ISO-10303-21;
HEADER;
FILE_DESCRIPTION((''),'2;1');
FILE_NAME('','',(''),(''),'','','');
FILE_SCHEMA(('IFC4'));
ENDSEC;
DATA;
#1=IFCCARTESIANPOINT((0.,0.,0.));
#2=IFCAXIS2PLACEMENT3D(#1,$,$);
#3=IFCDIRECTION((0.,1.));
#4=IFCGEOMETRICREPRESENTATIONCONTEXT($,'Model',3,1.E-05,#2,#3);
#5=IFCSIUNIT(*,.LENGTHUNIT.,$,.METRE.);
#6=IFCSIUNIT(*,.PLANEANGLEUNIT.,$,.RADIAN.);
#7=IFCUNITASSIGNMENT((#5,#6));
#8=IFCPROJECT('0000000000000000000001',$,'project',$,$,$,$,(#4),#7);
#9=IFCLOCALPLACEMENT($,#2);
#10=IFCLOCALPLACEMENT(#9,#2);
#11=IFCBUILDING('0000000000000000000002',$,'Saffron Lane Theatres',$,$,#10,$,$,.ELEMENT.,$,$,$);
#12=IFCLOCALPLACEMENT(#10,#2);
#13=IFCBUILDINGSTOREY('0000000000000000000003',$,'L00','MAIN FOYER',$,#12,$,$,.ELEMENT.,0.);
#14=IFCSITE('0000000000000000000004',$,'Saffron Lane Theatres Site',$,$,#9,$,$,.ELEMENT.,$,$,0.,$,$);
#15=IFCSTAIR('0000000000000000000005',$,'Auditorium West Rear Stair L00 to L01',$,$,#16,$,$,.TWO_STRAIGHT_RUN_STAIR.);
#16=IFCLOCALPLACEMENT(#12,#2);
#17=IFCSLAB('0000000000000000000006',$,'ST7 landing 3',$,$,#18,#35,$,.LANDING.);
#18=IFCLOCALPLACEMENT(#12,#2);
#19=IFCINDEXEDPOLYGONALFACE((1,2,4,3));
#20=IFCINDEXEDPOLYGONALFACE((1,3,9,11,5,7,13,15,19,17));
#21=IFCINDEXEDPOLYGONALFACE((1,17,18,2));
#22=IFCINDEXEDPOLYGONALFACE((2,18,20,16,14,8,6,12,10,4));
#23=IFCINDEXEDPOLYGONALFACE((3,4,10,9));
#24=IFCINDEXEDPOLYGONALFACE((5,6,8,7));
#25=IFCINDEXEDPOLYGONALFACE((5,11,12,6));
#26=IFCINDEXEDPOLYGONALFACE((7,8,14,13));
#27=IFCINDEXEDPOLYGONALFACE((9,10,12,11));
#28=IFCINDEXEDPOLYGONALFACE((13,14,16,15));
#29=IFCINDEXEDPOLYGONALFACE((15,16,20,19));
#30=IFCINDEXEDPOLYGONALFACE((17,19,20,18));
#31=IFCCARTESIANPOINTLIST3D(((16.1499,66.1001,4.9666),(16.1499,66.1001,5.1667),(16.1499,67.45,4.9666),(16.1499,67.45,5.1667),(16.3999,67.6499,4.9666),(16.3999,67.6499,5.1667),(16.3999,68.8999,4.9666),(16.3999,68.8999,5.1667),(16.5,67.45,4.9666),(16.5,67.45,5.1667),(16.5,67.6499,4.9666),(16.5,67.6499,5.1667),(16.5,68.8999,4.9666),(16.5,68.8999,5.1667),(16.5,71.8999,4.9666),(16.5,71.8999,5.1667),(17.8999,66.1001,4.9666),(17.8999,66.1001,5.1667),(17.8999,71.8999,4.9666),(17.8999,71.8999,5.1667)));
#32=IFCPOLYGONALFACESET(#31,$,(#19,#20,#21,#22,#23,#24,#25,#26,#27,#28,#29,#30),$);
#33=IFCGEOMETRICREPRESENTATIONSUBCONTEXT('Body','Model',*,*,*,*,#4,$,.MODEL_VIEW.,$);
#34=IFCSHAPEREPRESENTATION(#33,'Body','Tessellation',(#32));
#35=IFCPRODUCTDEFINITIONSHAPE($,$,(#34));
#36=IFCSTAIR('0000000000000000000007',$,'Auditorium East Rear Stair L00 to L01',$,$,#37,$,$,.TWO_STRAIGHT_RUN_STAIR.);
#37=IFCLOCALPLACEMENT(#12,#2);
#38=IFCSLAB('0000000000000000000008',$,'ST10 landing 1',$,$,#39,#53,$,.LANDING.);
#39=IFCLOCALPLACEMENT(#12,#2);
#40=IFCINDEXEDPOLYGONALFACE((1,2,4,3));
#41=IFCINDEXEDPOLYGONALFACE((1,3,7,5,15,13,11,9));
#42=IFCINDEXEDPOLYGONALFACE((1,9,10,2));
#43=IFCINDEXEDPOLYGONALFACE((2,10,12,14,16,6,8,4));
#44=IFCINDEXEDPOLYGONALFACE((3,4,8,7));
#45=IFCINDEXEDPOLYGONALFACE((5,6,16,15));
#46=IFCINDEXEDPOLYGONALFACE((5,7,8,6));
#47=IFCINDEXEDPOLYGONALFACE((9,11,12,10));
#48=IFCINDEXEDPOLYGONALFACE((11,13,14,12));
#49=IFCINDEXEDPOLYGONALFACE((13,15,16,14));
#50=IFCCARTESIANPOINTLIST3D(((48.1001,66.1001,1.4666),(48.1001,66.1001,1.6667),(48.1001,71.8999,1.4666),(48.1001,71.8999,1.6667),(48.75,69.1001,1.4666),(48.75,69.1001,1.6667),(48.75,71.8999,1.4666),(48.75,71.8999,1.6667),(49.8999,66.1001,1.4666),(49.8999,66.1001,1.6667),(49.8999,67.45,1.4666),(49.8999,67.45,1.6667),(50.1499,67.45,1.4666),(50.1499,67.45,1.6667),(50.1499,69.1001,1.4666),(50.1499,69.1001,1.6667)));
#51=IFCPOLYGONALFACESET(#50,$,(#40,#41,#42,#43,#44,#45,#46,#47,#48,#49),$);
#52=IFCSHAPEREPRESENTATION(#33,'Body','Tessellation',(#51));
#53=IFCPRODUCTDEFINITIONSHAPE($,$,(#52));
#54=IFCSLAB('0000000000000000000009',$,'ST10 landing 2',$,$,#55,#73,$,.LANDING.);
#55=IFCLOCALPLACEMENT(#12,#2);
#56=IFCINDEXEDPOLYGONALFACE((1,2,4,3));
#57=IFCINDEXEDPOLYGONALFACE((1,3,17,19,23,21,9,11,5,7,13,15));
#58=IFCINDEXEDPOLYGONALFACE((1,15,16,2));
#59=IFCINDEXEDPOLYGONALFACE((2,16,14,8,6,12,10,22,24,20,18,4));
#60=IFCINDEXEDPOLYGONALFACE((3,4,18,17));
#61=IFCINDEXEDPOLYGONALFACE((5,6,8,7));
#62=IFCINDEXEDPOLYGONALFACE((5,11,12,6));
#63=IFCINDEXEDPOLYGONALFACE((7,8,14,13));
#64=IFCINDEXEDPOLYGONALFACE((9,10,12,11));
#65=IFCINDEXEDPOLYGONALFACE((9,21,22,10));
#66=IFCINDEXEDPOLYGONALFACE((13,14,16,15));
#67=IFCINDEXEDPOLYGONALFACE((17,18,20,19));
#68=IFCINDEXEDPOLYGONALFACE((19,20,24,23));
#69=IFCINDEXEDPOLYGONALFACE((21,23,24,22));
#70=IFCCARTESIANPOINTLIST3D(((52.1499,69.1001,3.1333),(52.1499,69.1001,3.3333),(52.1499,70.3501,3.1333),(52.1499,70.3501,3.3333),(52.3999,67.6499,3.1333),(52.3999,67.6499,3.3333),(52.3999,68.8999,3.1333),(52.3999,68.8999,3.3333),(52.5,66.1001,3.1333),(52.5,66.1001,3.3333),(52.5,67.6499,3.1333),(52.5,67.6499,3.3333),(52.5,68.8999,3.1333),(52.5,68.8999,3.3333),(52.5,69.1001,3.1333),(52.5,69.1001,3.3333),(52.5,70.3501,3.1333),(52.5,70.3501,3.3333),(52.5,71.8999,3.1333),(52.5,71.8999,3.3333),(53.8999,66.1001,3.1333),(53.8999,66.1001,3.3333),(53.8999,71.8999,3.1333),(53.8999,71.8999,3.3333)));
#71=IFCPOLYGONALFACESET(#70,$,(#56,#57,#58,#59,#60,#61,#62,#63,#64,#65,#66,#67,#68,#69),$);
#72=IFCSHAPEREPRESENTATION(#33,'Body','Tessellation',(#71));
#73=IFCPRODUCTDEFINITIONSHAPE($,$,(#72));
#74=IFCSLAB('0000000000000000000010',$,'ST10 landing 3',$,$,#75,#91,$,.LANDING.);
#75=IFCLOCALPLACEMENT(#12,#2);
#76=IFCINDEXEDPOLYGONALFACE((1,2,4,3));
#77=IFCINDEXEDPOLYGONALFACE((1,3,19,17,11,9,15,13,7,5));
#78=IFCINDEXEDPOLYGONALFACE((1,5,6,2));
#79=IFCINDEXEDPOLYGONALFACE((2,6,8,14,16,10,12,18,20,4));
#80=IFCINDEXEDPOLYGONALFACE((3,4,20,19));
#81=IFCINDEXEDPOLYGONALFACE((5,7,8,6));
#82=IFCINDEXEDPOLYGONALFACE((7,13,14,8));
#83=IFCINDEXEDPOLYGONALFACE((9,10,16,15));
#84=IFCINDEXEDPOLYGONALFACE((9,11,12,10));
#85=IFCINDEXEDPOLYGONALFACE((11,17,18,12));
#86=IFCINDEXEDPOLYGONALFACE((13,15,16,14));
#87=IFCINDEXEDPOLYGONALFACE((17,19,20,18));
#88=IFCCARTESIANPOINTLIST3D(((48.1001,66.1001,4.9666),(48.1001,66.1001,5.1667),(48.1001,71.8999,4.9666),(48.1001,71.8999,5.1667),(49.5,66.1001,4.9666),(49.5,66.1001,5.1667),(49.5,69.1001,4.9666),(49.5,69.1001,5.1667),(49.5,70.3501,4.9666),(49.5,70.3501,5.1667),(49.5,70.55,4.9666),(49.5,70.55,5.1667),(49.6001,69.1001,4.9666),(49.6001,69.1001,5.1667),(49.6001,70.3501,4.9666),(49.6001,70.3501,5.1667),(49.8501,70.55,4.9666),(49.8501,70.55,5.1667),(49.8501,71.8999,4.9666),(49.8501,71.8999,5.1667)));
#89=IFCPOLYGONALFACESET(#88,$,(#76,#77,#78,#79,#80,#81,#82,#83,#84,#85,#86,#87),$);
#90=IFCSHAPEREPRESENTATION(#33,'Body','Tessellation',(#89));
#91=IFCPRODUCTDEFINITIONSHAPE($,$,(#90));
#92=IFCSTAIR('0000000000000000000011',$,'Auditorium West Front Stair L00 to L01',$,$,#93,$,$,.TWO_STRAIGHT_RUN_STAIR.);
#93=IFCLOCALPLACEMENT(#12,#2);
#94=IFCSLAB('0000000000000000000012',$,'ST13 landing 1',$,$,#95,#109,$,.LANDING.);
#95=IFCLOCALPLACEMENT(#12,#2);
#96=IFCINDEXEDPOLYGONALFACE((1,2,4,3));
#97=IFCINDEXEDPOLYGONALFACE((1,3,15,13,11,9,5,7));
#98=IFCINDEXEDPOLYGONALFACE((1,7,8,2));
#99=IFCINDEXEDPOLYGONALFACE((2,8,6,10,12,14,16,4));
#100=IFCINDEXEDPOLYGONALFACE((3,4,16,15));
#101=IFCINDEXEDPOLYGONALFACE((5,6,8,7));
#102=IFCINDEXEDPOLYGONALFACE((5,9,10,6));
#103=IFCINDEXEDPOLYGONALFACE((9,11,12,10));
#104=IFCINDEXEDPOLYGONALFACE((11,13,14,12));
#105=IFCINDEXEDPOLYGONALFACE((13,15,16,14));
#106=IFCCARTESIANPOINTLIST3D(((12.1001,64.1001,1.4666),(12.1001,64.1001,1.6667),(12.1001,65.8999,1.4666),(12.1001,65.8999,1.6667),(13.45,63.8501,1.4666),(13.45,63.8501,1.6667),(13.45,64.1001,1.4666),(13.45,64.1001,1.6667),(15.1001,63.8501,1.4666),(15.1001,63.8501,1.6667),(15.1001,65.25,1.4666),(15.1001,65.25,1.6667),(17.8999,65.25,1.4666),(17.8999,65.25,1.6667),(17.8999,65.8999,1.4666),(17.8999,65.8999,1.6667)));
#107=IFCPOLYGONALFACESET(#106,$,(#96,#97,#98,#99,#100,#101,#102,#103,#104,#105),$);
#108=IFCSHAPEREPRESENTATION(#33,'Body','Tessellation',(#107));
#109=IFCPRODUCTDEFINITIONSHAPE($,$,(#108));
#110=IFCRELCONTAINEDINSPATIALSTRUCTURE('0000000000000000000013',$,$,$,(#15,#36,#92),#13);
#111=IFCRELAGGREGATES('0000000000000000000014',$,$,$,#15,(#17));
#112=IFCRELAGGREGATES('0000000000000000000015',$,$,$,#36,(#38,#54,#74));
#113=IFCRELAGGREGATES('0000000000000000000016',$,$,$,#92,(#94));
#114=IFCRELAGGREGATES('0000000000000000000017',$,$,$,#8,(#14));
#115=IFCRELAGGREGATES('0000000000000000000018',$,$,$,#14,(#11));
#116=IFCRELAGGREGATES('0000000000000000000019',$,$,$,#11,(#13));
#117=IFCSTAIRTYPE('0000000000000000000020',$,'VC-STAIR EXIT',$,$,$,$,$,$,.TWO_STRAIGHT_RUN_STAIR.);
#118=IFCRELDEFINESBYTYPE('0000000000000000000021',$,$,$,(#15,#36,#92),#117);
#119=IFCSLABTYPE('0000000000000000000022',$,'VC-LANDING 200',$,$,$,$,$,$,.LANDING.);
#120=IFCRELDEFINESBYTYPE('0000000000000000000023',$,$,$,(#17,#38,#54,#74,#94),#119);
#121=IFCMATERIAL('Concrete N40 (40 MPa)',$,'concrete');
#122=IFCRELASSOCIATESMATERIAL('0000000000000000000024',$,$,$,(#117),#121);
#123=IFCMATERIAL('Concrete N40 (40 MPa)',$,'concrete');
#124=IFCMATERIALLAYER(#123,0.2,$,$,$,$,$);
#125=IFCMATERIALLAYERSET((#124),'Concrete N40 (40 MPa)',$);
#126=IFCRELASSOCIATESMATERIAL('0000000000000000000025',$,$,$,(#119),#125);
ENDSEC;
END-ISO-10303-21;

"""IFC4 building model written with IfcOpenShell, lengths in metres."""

from ifc_helpers import new_model, si_unit, direction, frame, origin, place, context, subcontext, project, spatial, polyline, outline, extrude, material, layer, layer_set, type_object, element, aggregate, save


model = new_model("IFC4")

# Units and contexts
model_context = context("Model", 3, precision=1e-05, world=origin(), true_north=direction((0.0, 1.0)))
body_context = subcontext(model_context, "Body", "Model", "MODEL_VIEW")
ifc_project = project(units=[si_unit("LENGTHUNIT", "METRE"), si_unit("PLANEANGLEUNIT", "RADIAN")], contexts=[model_context])

# Site, building, storey
site_placement = place(None, origin())
site = spatial("IfcSite", under=ifc_project, at=site_placement, Name="Saffron Lane Theatres Site", CompositionType="ELEMENT", RefElevation=0.0)
building_placement = place(site_placement, origin())
building = spatial("IfcBuilding", under=site, at=building_placement, Name="Saffron Lane Theatres", CompositionType="ELEMENT")
storey_placement = place(building_placement, origin())
storey = spatial("IfcBuildingStorey", under=building, at=storey_placement, Name="L00", Description="MAIN FOYER", CompositionType="ELEMENT", Elevation=0.0)

# Stairs, slabs
ifc_material_1 = material(Name="Concrete N40 (40 MPa)", Category="concrete")
stair_type = type_object("IfcStairType", Name="VC-STAIR EXIT", PredefinedType="TWO_STRAIGHT_RUN_STAIR", material=ifc_material_1)
ifc_material_2 = material(Name="Concrete N40 (40 MPa)", Category="concrete")
ifc_layer_1 = layer(ifc_material_2, 0.2)
ifc_layer_set_1 = layer_set([ifc_layer_1], Name="Concrete N40 (40 MPa)")
slab_type_1 = type_object("IfcSlabType", Name="VC-LANDING 200", PredefinedType="LANDING", material=ifc_layer_set_1)
stair_1_placement = place(storey_placement, origin())
stair_1 = element("IfcStair", 1, at=stair_1_placement, inside=storey, type_object=stair_type, Name="Auditorium West Rear Stair L00 to L01", PredefinedType="TWO_STRAIGHT_RUN_STAIR")
slab_1_placement = place(storey_placement, frame((0.0, 0.0, 4.9666)))
slab_1 = element("IfcSlab", 2, at=slab_1_placement, type_object=slab_type_1, Name="ST7 landing 3", PredefinedType="LANDING", context=body_context, shape_type="SweptSolid", body=[
    extrude(outline(polyline([(16.5, 67.45), (16.5, 67.6499), (16.3999, 67.6499), (16.3999, 68.8999), (16.5, 68.8999), (16.5, 71.8999), (17.8999, 71.8999), (17.8999, 66.1001), (16.1499, 66.1001), (16.1499, 67.45), (16.5, 67.45)])), origin(), (0.0, 0.0, 1.0), 0.2002),
])
aggregate(stair_1, [slab_1])
stair_2_placement = place(storey_placement, origin())
stair_2 = element("IfcStair", 3, at=stair_2_placement, inside=storey, type_object=stair_type, Name="Auditorium East Rear Stair L00 to L01", PredefinedType="TWO_STRAIGHT_RUN_STAIR")
slab_2_placement = place(storey_placement, frame((0.0, 0.0, 1.4666)))
slab_2 = element("IfcSlab", 4, at=slab_2_placement, type_object=slab_type_1, Name="ST10 landing 1", PredefinedType="LANDING", context=body_context, shape_type="SweptSolid", body=[
    extrude(outline(polyline([(50.1499, 69.1001), (50.1499, 67.45), (49.8999, 67.45), (49.8999, 66.1001), (48.1001, 66.1001), (48.1001, 71.8999), (48.75, 71.8999), (48.75, 69.1001), (50.1499, 69.1001)])), origin(), (0.0, 0.0, 1.0), 0.2002),
])
slab_3_placement = place(storey_placement, frame((0.0, 0.0, 3.1333)))
slab_3 = element("IfcSlab", 5, at=slab_3_placement, type_object=slab_type_1, Name="ST10 landing 2", PredefinedType="LANDING", context=body_context, shape_type="SweptSolid", body=[
    extrude(outline(polyline([(52.5, 71.8999), (53.8999, 71.8999), (53.8999, 66.1001), (52.5, 66.1001), (52.5, 67.6499), (52.3999, 67.6499), (52.3999, 68.8999), (52.5, 68.8999), (52.5, 69.1001), (52.1499, 69.1001), (52.1499, 70.3501), (52.5, 70.3501), (52.5, 71.8999)])), origin(), (0.0, 0.0, 1.0), 0.2),
])
slab_4_placement = place(storey_placement, frame((0.0, 0.0, 4.9666)))
slab_4 = element("IfcSlab", 6, at=slab_4_placement, type_object=slab_type_1, Name="ST10 landing 3", PredefinedType="LANDING", context=body_context, shape_type="SweptSolid", body=[
    extrude(outline(polyline([(49.5, 70.55), (49.5, 70.3501), (49.6001, 70.3501), (49.6001, 69.1001), (49.5, 69.1001), (49.5, 66.1001), (48.1001, 66.1001), (48.1001, 71.8999), (49.8501, 71.8999), (49.8501, 70.55), (49.5, 70.55)])), origin(), (0.0, 0.0, 1.0), 0.2002),
])
aggregate(stair_2, [slab_2, slab_3, slab_4])

# Stair, slab
stair_3_placement = place(storey_placement, origin())
stair_3 = element("IfcStair", 7, at=stair_3_placement, inside=storey, type_object=stair_type, Name="Auditorium West Front Stair L00 to L01", PredefinedType="TWO_STRAIGHT_RUN_STAIR")
slab_5_placement = place(storey_placement, frame((0.0, 0.0, 1.4666)))
slab_5 = element("IfcSlab", 8, at=slab_5_placement, type_object=slab_type_1, Name="ST13 landing 1", PredefinedType="LANDING", context=body_context, shape_type="SweptSolid", body=[
    extrude(outline(polyline([(15.1001, 63.8501), (13.45, 63.8501), (13.45, 64.1001), (12.1001, 64.1001), (12.1001, 65.8999), (17.8999, 65.8999), (17.8999, 65.25), (15.1001, 65.25), (15.1001, 63.8501)])), origin(), (0.0, 0.0, 1.0), 0.2002),
])
aggregate(stair_3, [slab_5])

save(model, "model.ifc")
